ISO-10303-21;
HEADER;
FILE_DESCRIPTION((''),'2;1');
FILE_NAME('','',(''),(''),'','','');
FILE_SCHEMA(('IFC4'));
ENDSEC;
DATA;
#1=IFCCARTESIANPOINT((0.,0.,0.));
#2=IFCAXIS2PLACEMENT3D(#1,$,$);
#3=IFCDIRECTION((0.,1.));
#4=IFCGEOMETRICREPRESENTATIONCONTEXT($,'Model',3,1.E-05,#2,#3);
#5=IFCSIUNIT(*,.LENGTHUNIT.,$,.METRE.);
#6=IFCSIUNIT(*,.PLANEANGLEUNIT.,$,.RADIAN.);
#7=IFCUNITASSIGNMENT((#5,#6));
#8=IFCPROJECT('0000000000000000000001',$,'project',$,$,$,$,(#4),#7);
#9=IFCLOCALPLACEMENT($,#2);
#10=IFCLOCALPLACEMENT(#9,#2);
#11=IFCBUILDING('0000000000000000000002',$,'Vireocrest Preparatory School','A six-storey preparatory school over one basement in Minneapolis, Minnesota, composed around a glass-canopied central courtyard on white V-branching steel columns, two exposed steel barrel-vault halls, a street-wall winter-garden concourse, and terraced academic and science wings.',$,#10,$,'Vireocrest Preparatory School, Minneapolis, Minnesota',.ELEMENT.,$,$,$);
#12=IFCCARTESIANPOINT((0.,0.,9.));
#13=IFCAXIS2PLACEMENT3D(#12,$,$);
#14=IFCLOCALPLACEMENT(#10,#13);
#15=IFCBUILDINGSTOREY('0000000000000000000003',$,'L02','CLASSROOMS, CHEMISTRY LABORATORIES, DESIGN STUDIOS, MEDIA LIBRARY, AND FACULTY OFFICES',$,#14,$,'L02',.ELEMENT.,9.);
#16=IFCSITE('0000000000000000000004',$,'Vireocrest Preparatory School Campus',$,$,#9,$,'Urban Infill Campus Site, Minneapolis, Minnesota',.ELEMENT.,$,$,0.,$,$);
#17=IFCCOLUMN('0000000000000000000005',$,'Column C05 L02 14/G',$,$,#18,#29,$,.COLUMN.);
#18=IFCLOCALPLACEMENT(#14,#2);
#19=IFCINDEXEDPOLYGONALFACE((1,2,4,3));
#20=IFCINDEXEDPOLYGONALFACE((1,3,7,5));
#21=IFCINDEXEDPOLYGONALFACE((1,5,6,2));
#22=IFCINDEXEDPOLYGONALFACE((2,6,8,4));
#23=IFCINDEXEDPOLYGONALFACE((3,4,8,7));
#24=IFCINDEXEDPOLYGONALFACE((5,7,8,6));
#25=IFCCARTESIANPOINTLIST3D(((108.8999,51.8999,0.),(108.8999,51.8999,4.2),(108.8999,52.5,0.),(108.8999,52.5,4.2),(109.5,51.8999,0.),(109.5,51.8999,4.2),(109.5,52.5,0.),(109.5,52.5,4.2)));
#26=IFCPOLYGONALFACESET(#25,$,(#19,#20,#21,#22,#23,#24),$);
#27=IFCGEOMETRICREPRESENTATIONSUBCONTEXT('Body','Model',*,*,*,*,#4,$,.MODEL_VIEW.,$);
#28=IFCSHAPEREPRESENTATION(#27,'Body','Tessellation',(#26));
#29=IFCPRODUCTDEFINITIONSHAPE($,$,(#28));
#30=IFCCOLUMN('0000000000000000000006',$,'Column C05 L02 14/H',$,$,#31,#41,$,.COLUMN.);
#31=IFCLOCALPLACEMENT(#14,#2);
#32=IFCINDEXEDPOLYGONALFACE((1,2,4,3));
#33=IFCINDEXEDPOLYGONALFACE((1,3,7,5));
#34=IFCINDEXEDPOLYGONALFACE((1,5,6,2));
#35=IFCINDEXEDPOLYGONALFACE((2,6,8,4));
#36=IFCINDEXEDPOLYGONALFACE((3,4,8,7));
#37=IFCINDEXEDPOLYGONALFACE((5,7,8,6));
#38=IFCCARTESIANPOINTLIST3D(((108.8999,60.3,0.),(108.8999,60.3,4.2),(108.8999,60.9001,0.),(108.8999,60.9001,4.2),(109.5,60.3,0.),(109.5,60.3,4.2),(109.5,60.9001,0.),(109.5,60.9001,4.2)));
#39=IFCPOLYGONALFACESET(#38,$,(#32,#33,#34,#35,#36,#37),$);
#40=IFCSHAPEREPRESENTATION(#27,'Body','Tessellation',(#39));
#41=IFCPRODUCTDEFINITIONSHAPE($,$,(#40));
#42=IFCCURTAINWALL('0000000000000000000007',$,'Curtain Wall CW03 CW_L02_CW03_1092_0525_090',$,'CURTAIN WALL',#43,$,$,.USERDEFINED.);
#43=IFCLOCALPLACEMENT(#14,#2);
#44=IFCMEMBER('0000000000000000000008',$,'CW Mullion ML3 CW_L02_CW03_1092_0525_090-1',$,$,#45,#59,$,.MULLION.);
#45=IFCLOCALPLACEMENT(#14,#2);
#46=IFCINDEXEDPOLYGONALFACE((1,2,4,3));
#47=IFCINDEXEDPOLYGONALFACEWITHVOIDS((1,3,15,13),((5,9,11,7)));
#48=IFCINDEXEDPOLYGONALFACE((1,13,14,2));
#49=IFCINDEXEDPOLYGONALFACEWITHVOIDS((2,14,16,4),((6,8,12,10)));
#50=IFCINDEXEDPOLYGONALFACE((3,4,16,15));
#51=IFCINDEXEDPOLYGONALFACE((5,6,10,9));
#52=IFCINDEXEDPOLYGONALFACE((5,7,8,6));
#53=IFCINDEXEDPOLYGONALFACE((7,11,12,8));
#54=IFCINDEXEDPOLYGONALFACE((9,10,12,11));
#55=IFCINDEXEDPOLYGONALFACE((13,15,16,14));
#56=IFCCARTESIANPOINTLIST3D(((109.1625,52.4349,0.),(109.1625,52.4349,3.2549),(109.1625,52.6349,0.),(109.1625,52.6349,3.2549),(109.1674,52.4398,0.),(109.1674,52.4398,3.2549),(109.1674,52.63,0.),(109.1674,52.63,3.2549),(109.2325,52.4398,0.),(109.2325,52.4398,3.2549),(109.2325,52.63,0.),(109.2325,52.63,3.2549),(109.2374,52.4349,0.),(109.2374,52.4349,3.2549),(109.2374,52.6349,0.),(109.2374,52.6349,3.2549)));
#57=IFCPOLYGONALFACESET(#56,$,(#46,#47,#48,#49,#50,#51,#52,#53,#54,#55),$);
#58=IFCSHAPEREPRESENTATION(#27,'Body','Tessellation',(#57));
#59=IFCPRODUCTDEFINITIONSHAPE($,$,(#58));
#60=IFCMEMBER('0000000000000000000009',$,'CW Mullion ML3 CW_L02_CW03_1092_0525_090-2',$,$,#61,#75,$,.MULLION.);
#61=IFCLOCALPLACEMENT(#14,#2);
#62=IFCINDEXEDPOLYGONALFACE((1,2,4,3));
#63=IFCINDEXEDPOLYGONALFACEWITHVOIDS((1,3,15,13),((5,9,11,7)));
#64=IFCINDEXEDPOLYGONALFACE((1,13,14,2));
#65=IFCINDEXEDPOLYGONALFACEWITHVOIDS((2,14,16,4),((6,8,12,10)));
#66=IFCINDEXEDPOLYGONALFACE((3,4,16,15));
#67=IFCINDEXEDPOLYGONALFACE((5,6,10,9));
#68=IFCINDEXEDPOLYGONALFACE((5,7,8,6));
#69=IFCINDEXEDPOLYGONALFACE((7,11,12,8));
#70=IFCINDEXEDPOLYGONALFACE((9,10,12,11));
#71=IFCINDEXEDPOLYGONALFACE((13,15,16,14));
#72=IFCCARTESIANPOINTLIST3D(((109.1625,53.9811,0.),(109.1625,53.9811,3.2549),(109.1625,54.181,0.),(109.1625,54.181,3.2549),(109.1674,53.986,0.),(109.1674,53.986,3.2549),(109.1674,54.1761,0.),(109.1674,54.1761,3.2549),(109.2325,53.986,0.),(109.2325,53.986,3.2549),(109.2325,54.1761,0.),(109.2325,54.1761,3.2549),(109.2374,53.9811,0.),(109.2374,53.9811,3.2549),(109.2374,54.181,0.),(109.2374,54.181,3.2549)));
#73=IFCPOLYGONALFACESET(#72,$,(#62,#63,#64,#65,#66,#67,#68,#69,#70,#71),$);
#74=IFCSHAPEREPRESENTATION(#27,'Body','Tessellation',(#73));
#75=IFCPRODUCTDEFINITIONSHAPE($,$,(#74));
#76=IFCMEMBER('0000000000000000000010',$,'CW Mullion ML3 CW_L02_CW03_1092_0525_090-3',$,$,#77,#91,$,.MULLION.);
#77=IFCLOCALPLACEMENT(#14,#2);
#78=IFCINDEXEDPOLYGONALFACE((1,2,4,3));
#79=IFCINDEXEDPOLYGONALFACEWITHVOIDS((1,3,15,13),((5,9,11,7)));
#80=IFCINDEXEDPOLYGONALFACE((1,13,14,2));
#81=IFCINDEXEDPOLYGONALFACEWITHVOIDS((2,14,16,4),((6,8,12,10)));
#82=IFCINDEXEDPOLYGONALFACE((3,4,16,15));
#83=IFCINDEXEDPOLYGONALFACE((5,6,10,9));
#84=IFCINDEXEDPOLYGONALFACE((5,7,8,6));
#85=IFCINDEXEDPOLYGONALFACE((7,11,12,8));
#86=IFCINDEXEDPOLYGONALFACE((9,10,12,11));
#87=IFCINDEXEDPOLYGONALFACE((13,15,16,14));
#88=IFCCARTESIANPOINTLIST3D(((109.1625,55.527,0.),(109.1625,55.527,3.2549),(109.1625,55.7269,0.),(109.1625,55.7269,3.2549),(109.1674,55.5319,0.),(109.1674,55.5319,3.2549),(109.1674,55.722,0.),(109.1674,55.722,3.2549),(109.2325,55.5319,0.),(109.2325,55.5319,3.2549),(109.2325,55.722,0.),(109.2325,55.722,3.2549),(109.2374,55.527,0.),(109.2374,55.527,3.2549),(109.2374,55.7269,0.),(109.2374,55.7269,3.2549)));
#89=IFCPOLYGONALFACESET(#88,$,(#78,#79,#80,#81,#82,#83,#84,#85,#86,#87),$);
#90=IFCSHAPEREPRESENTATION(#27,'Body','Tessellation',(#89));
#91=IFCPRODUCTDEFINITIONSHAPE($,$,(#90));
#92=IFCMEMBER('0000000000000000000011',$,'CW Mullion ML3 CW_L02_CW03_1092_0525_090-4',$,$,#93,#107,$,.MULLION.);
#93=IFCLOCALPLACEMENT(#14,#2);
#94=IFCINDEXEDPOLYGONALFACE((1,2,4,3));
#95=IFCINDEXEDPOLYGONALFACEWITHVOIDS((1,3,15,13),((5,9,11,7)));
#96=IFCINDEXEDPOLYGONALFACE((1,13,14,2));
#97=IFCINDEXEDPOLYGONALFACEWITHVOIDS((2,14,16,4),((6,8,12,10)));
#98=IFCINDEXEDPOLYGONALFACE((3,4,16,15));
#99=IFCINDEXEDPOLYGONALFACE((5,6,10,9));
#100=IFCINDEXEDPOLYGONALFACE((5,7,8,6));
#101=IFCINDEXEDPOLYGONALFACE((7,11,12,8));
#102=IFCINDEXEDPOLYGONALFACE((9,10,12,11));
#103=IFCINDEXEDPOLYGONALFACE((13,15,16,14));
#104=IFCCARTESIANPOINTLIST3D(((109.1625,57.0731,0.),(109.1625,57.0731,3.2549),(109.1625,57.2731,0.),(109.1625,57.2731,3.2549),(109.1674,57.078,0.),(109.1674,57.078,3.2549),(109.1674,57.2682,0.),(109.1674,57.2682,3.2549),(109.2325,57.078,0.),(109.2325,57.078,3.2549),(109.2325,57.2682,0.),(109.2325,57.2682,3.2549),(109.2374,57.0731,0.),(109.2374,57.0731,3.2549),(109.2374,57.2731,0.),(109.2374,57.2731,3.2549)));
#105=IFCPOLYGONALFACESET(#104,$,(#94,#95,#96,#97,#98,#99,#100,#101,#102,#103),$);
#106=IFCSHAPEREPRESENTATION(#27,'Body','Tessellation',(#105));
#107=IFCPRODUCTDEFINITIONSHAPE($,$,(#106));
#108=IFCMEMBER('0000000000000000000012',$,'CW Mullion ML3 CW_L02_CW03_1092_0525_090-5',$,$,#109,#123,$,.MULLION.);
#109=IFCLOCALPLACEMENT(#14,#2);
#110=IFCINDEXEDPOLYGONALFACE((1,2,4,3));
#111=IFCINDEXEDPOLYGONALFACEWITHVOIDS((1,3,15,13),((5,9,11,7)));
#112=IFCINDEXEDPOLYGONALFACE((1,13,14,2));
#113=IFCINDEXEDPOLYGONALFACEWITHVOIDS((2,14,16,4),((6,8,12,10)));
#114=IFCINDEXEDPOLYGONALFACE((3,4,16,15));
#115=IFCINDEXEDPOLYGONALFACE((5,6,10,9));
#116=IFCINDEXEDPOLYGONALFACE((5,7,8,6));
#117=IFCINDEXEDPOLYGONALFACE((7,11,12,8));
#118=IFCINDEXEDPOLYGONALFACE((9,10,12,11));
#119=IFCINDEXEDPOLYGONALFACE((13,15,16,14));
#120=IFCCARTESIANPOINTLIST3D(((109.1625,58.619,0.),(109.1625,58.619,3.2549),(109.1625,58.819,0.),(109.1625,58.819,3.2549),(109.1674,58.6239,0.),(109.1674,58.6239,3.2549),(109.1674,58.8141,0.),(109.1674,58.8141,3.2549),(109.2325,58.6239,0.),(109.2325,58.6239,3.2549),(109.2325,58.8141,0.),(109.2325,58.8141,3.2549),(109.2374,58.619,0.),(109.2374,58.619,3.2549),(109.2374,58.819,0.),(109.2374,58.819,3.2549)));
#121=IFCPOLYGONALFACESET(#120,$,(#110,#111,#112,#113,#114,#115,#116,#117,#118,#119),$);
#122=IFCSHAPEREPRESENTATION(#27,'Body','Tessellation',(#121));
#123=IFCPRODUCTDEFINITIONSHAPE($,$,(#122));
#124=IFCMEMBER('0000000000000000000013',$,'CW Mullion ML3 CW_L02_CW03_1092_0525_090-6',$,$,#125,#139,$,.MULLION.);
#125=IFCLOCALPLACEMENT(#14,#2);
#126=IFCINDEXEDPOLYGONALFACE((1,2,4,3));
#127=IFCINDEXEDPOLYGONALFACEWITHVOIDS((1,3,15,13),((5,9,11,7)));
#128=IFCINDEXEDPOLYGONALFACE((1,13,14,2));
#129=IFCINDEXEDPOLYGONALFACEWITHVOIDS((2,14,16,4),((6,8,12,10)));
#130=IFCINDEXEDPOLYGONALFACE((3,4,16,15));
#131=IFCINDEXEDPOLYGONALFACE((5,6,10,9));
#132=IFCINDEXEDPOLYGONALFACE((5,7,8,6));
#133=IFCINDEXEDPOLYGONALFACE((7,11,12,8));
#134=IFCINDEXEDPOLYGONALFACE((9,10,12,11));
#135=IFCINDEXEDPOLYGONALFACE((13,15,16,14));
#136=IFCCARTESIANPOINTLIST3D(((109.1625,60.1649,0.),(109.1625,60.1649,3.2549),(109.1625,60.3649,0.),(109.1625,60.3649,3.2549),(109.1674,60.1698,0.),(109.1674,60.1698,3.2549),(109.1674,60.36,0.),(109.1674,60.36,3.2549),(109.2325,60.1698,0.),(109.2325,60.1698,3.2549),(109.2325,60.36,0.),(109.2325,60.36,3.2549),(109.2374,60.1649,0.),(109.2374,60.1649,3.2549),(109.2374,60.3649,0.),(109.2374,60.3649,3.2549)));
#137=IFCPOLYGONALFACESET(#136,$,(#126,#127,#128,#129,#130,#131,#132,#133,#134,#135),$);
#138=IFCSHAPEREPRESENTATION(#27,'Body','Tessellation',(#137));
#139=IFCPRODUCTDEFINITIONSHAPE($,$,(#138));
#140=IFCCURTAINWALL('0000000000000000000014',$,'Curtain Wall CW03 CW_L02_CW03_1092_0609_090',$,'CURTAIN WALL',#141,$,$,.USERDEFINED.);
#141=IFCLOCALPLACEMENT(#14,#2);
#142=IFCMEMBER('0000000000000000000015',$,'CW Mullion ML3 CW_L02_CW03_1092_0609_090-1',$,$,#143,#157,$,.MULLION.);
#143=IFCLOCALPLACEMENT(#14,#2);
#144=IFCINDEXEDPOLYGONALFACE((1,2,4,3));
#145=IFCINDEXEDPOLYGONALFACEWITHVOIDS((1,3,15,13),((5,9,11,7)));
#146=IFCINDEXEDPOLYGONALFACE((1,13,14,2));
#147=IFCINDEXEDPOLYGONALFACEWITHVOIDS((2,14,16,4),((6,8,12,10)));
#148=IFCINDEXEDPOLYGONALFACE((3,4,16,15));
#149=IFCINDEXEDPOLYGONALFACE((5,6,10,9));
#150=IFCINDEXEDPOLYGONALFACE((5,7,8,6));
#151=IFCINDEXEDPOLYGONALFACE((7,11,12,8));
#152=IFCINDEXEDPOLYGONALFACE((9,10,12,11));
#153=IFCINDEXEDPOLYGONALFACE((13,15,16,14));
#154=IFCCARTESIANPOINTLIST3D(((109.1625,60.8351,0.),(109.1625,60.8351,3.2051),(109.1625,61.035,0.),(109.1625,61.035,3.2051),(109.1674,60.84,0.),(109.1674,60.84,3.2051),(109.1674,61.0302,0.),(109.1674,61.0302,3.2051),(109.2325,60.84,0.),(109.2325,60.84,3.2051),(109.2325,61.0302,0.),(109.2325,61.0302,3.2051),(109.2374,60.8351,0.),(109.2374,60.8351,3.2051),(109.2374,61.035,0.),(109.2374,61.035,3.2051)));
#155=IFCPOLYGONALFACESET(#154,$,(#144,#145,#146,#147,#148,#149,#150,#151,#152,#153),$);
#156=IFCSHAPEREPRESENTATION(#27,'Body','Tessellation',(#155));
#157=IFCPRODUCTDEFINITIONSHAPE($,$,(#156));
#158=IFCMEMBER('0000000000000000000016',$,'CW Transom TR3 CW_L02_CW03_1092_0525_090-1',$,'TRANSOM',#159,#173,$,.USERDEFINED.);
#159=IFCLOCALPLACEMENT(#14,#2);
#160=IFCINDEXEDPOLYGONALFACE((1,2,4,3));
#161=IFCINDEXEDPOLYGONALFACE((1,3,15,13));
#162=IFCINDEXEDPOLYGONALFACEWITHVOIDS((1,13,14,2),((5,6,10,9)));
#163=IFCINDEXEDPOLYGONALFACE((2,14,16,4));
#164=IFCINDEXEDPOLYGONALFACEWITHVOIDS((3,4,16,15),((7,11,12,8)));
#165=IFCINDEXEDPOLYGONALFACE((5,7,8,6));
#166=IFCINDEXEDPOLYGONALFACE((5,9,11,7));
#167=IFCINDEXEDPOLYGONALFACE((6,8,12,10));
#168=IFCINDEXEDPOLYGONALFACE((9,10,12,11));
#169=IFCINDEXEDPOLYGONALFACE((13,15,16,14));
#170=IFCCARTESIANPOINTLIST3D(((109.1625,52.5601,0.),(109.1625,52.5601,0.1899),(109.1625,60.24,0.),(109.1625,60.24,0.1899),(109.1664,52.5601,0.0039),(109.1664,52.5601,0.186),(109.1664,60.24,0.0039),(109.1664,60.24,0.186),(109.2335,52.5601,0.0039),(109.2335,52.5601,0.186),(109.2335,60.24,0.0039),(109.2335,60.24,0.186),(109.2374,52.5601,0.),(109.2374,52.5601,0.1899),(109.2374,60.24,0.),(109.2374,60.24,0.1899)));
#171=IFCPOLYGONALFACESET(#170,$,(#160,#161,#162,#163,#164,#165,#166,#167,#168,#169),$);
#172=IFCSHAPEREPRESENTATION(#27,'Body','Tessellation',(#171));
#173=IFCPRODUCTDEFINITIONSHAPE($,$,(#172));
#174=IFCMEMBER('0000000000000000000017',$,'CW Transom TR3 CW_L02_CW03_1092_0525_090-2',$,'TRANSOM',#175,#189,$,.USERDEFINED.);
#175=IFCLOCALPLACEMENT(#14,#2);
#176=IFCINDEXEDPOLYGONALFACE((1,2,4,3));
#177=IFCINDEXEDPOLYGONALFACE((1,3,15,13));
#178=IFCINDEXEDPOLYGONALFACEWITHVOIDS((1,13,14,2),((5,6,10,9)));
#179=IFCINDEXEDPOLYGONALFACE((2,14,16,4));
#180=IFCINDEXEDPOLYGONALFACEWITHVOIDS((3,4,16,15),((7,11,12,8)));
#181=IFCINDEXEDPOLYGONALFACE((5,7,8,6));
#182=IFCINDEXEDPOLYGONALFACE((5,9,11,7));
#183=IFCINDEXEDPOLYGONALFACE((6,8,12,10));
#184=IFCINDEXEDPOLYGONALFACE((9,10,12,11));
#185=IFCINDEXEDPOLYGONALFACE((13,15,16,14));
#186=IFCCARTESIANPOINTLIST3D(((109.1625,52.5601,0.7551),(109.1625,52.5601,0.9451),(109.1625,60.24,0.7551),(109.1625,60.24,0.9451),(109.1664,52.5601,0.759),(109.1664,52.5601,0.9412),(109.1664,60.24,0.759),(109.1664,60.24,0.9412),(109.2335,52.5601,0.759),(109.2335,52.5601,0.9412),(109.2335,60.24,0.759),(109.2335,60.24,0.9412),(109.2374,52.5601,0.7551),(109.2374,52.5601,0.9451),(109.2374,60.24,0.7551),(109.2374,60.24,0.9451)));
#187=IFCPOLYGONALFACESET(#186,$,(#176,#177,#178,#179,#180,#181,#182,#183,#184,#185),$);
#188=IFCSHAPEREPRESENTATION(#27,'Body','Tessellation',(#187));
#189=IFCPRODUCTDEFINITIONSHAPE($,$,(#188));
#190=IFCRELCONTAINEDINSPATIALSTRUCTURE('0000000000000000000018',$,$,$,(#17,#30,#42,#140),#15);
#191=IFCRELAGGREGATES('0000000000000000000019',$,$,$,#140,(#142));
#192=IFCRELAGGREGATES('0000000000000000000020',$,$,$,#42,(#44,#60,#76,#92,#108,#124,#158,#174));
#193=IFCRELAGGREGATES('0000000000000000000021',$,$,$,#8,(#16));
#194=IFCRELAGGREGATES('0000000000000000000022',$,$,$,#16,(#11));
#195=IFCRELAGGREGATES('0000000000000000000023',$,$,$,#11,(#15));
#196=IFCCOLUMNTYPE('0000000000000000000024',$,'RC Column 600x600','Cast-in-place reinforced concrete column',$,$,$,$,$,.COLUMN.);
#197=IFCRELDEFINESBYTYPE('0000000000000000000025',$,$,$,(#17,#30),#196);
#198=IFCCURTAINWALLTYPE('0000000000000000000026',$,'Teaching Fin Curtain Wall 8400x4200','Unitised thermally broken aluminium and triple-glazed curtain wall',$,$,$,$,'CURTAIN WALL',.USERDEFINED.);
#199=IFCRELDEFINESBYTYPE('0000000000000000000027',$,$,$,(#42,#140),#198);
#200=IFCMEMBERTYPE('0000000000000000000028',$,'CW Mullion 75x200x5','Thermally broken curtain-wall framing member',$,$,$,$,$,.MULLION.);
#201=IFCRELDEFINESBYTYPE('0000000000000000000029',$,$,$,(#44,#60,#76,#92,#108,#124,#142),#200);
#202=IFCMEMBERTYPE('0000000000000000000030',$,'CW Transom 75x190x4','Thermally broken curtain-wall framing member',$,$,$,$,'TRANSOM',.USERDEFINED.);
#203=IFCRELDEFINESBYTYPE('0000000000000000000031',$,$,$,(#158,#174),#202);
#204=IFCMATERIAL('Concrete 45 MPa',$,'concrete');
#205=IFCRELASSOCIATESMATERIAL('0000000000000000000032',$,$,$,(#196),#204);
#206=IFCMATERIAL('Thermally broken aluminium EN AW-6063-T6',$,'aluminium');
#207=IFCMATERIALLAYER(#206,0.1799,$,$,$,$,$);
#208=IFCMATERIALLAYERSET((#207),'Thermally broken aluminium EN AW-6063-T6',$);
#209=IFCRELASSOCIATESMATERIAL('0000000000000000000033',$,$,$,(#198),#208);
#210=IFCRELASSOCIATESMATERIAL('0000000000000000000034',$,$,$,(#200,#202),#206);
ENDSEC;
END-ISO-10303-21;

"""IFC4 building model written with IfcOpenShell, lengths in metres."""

from ifc_helpers import new_model, si_unit, direction, frame, origin, origin_2d, place, context, subcontext, project, spatial, rectangle, hollow_rectangle, extrude, material, layer, layer_set, material_profile, profile_set, type_object, element, aggregate, save


model = new_model("IFC4")

# Units and contexts
model_context = context("Model", 3, precision=1e-05, world=origin(), true_north=direction((0.0, 1.0)))
body_context = subcontext(model_context, "Body", "Model", "MODEL_VIEW")
ifc_project = project(units=[si_unit("LENGTHUNIT", "METRE"), si_unit("PLANEANGLEUNIT", "RADIAN")], contexts=[model_context])

# Site, building, storey
site_placement = place(None, origin())
site = spatial("IfcSite", under=ifc_project, at=site_placement, Name="Vireocrest Preparatory School Campus", LongName="Urban Infill Campus Site, Minneapolis, Minnesota", CompositionType="ELEMENT", RefElevation=0.0)
building_placement = place(site_placement, origin())
building = spatial("IfcBuilding", under=site, at=building_placement, Name="Vireocrest Preparatory School", Description="A six-storey preparatory school over one basement in Minneapolis, Minnesota, composed around a glass-canopied central courtyard on white V-branching steel columns, two exposed steel barrel-vault halls, a street-wall winter-garden concourse, and terraced academic and science wings.", LongName="Vireocrest Preparatory School, Minneapolis, Minnesota", CompositionType="ELEMENT")
storey_placement = place(building_placement, frame((0.0, 0.0, 9.0)))
storey = spatial("IfcBuildingStorey", under=building, at=storey_placement, Name="L02", Description="CLASSROOMS, CHEMISTRY LABORATORIES, DESIGN STUDIOS, MEDIA LIBRARY, AND FACULTY OFFICES", LongName="L02", CompositionType="ELEMENT", Elevation=9.0)

# Columns
ifc_material_1 = material(Name="Concrete 45 MPa", Category="concrete")
ifc_material_profile_1 = material_profile(ifc_material_1, rectangle(XDim=0.6001, YDim=0.6001, at=origin_2d()), Name="RC 600x600")
ifc_profile_set_1 = profile_set([ifc_material_profile_1], Name="Concrete 45 MPa")
column_type = type_object("IfcColumnType", Name="RC Column 600x600", Description="Cast-in-place reinforced concrete column", PredefinedType="COLUMN", material=ifc_profile_set_1)
for number, where, z_axis, x_axis, name in (
    (1, (109.2, 52.2, 0.0), (0.0, 0.0, 1.0), (1.0, 0.0, 0.0), "Column C05 L02 14/G"),
    (2, (109.2, 60.6001, 0.0), (0.0, 0.0, 1.0), (1.0, 0.0, 0.0), "Column C05 L02 14/H"),
):
    element("IfcColumn", number, at=place(storey_placement, frame(where, z_axis=z_axis, x_axis=x_axis)), inside=storey, type_object=column_type, Name=name, PredefinedType="COLUMN", context=body_context, shape_type="SweptSolid", body=[
        extrude(rectangle(XDim=0.6001, YDim=0.6001, at=origin_2d()), origin(), (0.0, 0.0, 1.0), 4.2),
    ])

# Curtain wall, members
ifc_material_2 = material(Name="Thermally broken aluminium EN AW-6063-T6", Category="aluminium")
ifc_layer_1 = layer(ifc_material_2, 0.1799)
ifc_layer_set_1 = layer_set([ifc_layer_1], Name="Thermally broken aluminium EN AW-6063-T6")
curtain_wall_type = type_object("IfcCurtainWallType", Name="Teaching Fin Curtain Wall 8400x4200", Description="Unitised thermally broken aluminium and triple-glazed curtain wall", ElementType="CURTAIN WALL", PredefinedType="USERDEFINED", material=ifc_layer_set_1)
curtain_wall_1_placement = place(storey_placement, origin())
curtain_wall_1 = element("IfcCurtainWall", 3, at=curtain_wall_1_placement, inside=storey, type_object=curtain_wall_type, Name="Curtain Wall CW03 CW_L02_CW03_1092_0525_090", ObjectType="CURTAIN WALL", PredefinedType="USERDEFINED")
ifc_material_profile_2 = material_profile(ifc_material_2, hollow_rectangle(XDim=0.075, YDim=0.2, WallThickness=0.0049, at=origin_2d()), Name="ALU 75x200x5")
ifc_profile_set_2 = profile_set([ifc_material_profile_2], Name="Thermally broken aluminium EN AW-6063-T6")
member_type_1 = type_object("IfcMemberType", Name="CW Mullion 75x200x5", Description="Thermally broken curtain-wall framing member", PredefinedType="MULLION", material=ifc_profile_set_2)
member_1_placement = place(storey_placement, frame((109.2, 52.5349, 0.0), z_axis=(0.0, 0.0, 1.0), x_axis=(1.0, 0.0, 0.0)))
member_1 = element("IfcMember", 4, at=member_1_placement, type_object=member_type_1, Name="CW Mullion ML3 CW_L02_CW03_1092_0525_090-1", PredefinedType="MULLION", context=body_context, shape_type="SweptSolid", body=[
    extrude(hollow_rectangle(XDim=0.075, YDim=0.2, WallThickness=0.0049, at=origin_2d()), origin(), (0.0, 0.0, 1.0), 3.2549),
])
member_2_placement = place(storey_placement, frame((109.2, 54.0811, 0.0), z_axis=(0.0, 0.0, 1.0), x_axis=(1.0, 0.0, 0.0)))
member_2 = element("IfcMember", 5, at=member_2_placement, type_object=member_type_1, Name="CW Mullion ML3 CW_L02_CW03_1092_0525_090-2", PredefinedType="MULLION", context=body_context, shape_type="SweptSolid", body=[
    extrude(hollow_rectangle(XDim=0.075, YDim=0.2, WallThickness=0.0049, at=origin_2d()), origin(), (0.0, 0.0, 1.0), 3.2549),
])
member_3_placement = place(storey_placement, frame((109.2, 55.627, 0.0), z_axis=(0.0, 0.0, 1.0), x_axis=(1.0, 0.0, 0.0)))
member_3 = element("IfcMember", 6, at=member_3_placement, type_object=member_type_1, Name="CW Mullion ML3 CW_L02_CW03_1092_0525_090-3", PredefinedType="MULLION", context=body_context, shape_type="SweptSolid", body=[
    extrude(hollow_rectangle(XDim=0.075, YDim=0.2, WallThickness=0.0049, at=origin_2d()), origin(), (0.0, 0.0, 1.0), 3.2549),
])
member_4_placement = place(storey_placement, frame((109.2, 57.1731, 0.0), z_axis=(0.0, 0.0, 1.0), x_axis=(1.0, 0.0, 0.0)))
member_4 = element("IfcMember", 7, at=member_4_placement, type_object=member_type_1, Name="CW Mullion ML3 CW_L02_CW03_1092_0525_090-4", PredefinedType="MULLION", context=body_context, shape_type="SweptSolid", body=[
    extrude(hollow_rectangle(XDim=0.075, YDim=0.2, WallThickness=0.0049, at=origin_2d()), origin(), (0.0, 0.0, 1.0), 3.2549),
])
member_5_placement = place(storey_placement, frame((109.2, 58.719, 0.0), z_axis=(0.0, 0.0, 1.0), x_axis=(1.0, 0.0, 0.0)))
member_5 = element("IfcMember", 8, at=member_5_placement, type_object=member_type_1, Name="CW Mullion ML3 CW_L02_CW03_1092_0525_090-5", PredefinedType="MULLION", context=body_context, shape_type="SweptSolid", body=[
    extrude(hollow_rectangle(XDim=0.075, YDim=0.2, WallThickness=0.0049, at=origin_2d()), origin(), (0.0, 0.0, 1.0), 3.2549),
])
member_6_placement = place(storey_placement, frame((109.2, 60.2649, 0.0), z_axis=(0.0, 0.0, 1.0), x_axis=(1.0, 0.0, 0.0)))
member_6 = element("IfcMember", 9, at=member_6_placement, type_object=member_type_1, Name="CW Mullion ML3 CW_L02_CW03_1092_0525_090-6", PredefinedType="MULLION", context=body_context, shape_type="SweptSolid", body=[
    extrude(hollow_rectangle(XDim=0.075, YDim=0.2, WallThickness=0.0049, at=origin_2d()), origin(), (0.0, 0.0, 1.0), 3.2549),
])

# Curtain wall, member
curtain_wall_2_placement = place(storey_placement, origin())
curtain_wall_2 = element("IfcCurtainWall", 10, at=curtain_wall_2_placement, inside=storey, type_object=curtain_wall_type, Name="Curtain Wall CW03 CW_L02_CW03_1092_0609_090", ObjectType="CURTAIN WALL", PredefinedType="USERDEFINED")
member_7_placement = place(storey_placement, frame((109.2, 60.9351, 0.0), z_axis=(0.0, 0.0, 1.0), x_axis=(1.0, 0.0, 0.0)))
member_7 = element("IfcMember", 11, at=member_7_placement, type_object=member_type_1, Name="CW Mullion ML3 CW_L02_CW03_1092_0609_090-1", PredefinedType="MULLION", context=body_context, shape_type="SweptSolid", body=[
    extrude(hollow_rectangle(XDim=0.075, YDim=0.2, WallThickness=0.0049, at=origin_2d()), origin(), (0.0, 0.0, 1.0), 3.2051),
])

# Members
ifc_material_profile_3 = material_profile(ifc_material_2, hollow_rectangle(XDim=0.075, YDim=0.1899, WallThickness=0.0039, at=origin_2d()), Name="ALU 75x190x4")
ifc_profile_set_3 = profile_set([ifc_material_profile_3], Name="Thermally broken aluminium EN AW-6063-T6")
member_type_2 = type_object("IfcMemberType", Name="CW Transom 75x190x4", Description="Thermally broken curtain-wall framing member", ElementType="TRANSOM", PredefinedType="USERDEFINED", material=ifc_profile_set_3)
member_8_placement = place(storey_placement, frame((109.2, 52.5601, 0.095), z_axis=(0.0, 1.0, 0.0), x_axis=(-1.0, 0.0, 0.0)))
member_8 = element("IfcMember", 12, at=member_8_placement, type_object=member_type_2, Name="CW Transom TR3 CW_L02_CW03_1092_0525_090-1", ObjectType="TRANSOM", PredefinedType="USERDEFINED", context=body_context, shape_type="SweptSolid", body=[
    extrude(hollow_rectangle(XDim=0.075, YDim=0.1899, WallThickness=0.0039, at=origin_2d()), origin(), (0.0, 0.0, 1.0), 7.6799),
])
member_9_placement = place(storey_placement, frame((109.2, 52.5601, 0.8501), z_axis=(0.0, 1.0, 0.0), x_axis=(-1.0, 0.0, 0.0)))
member_9 = element("IfcMember", 13, at=member_9_placement, type_object=member_type_2, Name="CW Transom TR3 CW_L02_CW03_1092_0525_090-2", ObjectType="TRANSOM", PredefinedType="USERDEFINED", context=body_context, shape_type="SweptSolid", body=[
    extrude(hollow_rectangle(XDim=0.075, YDim=0.1899, WallThickness=0.0039, at=origin_2d()), origin(), (0.0, 0.0, 1.0), 7.6799),
])
aggregate(curtain_wall_2, [member_7])

aggregate(curtain_wall_1, [member_1, member_2, member_3, member_4, member_5, member_6, member_8, member_9])

save(model, "model.ifc")
